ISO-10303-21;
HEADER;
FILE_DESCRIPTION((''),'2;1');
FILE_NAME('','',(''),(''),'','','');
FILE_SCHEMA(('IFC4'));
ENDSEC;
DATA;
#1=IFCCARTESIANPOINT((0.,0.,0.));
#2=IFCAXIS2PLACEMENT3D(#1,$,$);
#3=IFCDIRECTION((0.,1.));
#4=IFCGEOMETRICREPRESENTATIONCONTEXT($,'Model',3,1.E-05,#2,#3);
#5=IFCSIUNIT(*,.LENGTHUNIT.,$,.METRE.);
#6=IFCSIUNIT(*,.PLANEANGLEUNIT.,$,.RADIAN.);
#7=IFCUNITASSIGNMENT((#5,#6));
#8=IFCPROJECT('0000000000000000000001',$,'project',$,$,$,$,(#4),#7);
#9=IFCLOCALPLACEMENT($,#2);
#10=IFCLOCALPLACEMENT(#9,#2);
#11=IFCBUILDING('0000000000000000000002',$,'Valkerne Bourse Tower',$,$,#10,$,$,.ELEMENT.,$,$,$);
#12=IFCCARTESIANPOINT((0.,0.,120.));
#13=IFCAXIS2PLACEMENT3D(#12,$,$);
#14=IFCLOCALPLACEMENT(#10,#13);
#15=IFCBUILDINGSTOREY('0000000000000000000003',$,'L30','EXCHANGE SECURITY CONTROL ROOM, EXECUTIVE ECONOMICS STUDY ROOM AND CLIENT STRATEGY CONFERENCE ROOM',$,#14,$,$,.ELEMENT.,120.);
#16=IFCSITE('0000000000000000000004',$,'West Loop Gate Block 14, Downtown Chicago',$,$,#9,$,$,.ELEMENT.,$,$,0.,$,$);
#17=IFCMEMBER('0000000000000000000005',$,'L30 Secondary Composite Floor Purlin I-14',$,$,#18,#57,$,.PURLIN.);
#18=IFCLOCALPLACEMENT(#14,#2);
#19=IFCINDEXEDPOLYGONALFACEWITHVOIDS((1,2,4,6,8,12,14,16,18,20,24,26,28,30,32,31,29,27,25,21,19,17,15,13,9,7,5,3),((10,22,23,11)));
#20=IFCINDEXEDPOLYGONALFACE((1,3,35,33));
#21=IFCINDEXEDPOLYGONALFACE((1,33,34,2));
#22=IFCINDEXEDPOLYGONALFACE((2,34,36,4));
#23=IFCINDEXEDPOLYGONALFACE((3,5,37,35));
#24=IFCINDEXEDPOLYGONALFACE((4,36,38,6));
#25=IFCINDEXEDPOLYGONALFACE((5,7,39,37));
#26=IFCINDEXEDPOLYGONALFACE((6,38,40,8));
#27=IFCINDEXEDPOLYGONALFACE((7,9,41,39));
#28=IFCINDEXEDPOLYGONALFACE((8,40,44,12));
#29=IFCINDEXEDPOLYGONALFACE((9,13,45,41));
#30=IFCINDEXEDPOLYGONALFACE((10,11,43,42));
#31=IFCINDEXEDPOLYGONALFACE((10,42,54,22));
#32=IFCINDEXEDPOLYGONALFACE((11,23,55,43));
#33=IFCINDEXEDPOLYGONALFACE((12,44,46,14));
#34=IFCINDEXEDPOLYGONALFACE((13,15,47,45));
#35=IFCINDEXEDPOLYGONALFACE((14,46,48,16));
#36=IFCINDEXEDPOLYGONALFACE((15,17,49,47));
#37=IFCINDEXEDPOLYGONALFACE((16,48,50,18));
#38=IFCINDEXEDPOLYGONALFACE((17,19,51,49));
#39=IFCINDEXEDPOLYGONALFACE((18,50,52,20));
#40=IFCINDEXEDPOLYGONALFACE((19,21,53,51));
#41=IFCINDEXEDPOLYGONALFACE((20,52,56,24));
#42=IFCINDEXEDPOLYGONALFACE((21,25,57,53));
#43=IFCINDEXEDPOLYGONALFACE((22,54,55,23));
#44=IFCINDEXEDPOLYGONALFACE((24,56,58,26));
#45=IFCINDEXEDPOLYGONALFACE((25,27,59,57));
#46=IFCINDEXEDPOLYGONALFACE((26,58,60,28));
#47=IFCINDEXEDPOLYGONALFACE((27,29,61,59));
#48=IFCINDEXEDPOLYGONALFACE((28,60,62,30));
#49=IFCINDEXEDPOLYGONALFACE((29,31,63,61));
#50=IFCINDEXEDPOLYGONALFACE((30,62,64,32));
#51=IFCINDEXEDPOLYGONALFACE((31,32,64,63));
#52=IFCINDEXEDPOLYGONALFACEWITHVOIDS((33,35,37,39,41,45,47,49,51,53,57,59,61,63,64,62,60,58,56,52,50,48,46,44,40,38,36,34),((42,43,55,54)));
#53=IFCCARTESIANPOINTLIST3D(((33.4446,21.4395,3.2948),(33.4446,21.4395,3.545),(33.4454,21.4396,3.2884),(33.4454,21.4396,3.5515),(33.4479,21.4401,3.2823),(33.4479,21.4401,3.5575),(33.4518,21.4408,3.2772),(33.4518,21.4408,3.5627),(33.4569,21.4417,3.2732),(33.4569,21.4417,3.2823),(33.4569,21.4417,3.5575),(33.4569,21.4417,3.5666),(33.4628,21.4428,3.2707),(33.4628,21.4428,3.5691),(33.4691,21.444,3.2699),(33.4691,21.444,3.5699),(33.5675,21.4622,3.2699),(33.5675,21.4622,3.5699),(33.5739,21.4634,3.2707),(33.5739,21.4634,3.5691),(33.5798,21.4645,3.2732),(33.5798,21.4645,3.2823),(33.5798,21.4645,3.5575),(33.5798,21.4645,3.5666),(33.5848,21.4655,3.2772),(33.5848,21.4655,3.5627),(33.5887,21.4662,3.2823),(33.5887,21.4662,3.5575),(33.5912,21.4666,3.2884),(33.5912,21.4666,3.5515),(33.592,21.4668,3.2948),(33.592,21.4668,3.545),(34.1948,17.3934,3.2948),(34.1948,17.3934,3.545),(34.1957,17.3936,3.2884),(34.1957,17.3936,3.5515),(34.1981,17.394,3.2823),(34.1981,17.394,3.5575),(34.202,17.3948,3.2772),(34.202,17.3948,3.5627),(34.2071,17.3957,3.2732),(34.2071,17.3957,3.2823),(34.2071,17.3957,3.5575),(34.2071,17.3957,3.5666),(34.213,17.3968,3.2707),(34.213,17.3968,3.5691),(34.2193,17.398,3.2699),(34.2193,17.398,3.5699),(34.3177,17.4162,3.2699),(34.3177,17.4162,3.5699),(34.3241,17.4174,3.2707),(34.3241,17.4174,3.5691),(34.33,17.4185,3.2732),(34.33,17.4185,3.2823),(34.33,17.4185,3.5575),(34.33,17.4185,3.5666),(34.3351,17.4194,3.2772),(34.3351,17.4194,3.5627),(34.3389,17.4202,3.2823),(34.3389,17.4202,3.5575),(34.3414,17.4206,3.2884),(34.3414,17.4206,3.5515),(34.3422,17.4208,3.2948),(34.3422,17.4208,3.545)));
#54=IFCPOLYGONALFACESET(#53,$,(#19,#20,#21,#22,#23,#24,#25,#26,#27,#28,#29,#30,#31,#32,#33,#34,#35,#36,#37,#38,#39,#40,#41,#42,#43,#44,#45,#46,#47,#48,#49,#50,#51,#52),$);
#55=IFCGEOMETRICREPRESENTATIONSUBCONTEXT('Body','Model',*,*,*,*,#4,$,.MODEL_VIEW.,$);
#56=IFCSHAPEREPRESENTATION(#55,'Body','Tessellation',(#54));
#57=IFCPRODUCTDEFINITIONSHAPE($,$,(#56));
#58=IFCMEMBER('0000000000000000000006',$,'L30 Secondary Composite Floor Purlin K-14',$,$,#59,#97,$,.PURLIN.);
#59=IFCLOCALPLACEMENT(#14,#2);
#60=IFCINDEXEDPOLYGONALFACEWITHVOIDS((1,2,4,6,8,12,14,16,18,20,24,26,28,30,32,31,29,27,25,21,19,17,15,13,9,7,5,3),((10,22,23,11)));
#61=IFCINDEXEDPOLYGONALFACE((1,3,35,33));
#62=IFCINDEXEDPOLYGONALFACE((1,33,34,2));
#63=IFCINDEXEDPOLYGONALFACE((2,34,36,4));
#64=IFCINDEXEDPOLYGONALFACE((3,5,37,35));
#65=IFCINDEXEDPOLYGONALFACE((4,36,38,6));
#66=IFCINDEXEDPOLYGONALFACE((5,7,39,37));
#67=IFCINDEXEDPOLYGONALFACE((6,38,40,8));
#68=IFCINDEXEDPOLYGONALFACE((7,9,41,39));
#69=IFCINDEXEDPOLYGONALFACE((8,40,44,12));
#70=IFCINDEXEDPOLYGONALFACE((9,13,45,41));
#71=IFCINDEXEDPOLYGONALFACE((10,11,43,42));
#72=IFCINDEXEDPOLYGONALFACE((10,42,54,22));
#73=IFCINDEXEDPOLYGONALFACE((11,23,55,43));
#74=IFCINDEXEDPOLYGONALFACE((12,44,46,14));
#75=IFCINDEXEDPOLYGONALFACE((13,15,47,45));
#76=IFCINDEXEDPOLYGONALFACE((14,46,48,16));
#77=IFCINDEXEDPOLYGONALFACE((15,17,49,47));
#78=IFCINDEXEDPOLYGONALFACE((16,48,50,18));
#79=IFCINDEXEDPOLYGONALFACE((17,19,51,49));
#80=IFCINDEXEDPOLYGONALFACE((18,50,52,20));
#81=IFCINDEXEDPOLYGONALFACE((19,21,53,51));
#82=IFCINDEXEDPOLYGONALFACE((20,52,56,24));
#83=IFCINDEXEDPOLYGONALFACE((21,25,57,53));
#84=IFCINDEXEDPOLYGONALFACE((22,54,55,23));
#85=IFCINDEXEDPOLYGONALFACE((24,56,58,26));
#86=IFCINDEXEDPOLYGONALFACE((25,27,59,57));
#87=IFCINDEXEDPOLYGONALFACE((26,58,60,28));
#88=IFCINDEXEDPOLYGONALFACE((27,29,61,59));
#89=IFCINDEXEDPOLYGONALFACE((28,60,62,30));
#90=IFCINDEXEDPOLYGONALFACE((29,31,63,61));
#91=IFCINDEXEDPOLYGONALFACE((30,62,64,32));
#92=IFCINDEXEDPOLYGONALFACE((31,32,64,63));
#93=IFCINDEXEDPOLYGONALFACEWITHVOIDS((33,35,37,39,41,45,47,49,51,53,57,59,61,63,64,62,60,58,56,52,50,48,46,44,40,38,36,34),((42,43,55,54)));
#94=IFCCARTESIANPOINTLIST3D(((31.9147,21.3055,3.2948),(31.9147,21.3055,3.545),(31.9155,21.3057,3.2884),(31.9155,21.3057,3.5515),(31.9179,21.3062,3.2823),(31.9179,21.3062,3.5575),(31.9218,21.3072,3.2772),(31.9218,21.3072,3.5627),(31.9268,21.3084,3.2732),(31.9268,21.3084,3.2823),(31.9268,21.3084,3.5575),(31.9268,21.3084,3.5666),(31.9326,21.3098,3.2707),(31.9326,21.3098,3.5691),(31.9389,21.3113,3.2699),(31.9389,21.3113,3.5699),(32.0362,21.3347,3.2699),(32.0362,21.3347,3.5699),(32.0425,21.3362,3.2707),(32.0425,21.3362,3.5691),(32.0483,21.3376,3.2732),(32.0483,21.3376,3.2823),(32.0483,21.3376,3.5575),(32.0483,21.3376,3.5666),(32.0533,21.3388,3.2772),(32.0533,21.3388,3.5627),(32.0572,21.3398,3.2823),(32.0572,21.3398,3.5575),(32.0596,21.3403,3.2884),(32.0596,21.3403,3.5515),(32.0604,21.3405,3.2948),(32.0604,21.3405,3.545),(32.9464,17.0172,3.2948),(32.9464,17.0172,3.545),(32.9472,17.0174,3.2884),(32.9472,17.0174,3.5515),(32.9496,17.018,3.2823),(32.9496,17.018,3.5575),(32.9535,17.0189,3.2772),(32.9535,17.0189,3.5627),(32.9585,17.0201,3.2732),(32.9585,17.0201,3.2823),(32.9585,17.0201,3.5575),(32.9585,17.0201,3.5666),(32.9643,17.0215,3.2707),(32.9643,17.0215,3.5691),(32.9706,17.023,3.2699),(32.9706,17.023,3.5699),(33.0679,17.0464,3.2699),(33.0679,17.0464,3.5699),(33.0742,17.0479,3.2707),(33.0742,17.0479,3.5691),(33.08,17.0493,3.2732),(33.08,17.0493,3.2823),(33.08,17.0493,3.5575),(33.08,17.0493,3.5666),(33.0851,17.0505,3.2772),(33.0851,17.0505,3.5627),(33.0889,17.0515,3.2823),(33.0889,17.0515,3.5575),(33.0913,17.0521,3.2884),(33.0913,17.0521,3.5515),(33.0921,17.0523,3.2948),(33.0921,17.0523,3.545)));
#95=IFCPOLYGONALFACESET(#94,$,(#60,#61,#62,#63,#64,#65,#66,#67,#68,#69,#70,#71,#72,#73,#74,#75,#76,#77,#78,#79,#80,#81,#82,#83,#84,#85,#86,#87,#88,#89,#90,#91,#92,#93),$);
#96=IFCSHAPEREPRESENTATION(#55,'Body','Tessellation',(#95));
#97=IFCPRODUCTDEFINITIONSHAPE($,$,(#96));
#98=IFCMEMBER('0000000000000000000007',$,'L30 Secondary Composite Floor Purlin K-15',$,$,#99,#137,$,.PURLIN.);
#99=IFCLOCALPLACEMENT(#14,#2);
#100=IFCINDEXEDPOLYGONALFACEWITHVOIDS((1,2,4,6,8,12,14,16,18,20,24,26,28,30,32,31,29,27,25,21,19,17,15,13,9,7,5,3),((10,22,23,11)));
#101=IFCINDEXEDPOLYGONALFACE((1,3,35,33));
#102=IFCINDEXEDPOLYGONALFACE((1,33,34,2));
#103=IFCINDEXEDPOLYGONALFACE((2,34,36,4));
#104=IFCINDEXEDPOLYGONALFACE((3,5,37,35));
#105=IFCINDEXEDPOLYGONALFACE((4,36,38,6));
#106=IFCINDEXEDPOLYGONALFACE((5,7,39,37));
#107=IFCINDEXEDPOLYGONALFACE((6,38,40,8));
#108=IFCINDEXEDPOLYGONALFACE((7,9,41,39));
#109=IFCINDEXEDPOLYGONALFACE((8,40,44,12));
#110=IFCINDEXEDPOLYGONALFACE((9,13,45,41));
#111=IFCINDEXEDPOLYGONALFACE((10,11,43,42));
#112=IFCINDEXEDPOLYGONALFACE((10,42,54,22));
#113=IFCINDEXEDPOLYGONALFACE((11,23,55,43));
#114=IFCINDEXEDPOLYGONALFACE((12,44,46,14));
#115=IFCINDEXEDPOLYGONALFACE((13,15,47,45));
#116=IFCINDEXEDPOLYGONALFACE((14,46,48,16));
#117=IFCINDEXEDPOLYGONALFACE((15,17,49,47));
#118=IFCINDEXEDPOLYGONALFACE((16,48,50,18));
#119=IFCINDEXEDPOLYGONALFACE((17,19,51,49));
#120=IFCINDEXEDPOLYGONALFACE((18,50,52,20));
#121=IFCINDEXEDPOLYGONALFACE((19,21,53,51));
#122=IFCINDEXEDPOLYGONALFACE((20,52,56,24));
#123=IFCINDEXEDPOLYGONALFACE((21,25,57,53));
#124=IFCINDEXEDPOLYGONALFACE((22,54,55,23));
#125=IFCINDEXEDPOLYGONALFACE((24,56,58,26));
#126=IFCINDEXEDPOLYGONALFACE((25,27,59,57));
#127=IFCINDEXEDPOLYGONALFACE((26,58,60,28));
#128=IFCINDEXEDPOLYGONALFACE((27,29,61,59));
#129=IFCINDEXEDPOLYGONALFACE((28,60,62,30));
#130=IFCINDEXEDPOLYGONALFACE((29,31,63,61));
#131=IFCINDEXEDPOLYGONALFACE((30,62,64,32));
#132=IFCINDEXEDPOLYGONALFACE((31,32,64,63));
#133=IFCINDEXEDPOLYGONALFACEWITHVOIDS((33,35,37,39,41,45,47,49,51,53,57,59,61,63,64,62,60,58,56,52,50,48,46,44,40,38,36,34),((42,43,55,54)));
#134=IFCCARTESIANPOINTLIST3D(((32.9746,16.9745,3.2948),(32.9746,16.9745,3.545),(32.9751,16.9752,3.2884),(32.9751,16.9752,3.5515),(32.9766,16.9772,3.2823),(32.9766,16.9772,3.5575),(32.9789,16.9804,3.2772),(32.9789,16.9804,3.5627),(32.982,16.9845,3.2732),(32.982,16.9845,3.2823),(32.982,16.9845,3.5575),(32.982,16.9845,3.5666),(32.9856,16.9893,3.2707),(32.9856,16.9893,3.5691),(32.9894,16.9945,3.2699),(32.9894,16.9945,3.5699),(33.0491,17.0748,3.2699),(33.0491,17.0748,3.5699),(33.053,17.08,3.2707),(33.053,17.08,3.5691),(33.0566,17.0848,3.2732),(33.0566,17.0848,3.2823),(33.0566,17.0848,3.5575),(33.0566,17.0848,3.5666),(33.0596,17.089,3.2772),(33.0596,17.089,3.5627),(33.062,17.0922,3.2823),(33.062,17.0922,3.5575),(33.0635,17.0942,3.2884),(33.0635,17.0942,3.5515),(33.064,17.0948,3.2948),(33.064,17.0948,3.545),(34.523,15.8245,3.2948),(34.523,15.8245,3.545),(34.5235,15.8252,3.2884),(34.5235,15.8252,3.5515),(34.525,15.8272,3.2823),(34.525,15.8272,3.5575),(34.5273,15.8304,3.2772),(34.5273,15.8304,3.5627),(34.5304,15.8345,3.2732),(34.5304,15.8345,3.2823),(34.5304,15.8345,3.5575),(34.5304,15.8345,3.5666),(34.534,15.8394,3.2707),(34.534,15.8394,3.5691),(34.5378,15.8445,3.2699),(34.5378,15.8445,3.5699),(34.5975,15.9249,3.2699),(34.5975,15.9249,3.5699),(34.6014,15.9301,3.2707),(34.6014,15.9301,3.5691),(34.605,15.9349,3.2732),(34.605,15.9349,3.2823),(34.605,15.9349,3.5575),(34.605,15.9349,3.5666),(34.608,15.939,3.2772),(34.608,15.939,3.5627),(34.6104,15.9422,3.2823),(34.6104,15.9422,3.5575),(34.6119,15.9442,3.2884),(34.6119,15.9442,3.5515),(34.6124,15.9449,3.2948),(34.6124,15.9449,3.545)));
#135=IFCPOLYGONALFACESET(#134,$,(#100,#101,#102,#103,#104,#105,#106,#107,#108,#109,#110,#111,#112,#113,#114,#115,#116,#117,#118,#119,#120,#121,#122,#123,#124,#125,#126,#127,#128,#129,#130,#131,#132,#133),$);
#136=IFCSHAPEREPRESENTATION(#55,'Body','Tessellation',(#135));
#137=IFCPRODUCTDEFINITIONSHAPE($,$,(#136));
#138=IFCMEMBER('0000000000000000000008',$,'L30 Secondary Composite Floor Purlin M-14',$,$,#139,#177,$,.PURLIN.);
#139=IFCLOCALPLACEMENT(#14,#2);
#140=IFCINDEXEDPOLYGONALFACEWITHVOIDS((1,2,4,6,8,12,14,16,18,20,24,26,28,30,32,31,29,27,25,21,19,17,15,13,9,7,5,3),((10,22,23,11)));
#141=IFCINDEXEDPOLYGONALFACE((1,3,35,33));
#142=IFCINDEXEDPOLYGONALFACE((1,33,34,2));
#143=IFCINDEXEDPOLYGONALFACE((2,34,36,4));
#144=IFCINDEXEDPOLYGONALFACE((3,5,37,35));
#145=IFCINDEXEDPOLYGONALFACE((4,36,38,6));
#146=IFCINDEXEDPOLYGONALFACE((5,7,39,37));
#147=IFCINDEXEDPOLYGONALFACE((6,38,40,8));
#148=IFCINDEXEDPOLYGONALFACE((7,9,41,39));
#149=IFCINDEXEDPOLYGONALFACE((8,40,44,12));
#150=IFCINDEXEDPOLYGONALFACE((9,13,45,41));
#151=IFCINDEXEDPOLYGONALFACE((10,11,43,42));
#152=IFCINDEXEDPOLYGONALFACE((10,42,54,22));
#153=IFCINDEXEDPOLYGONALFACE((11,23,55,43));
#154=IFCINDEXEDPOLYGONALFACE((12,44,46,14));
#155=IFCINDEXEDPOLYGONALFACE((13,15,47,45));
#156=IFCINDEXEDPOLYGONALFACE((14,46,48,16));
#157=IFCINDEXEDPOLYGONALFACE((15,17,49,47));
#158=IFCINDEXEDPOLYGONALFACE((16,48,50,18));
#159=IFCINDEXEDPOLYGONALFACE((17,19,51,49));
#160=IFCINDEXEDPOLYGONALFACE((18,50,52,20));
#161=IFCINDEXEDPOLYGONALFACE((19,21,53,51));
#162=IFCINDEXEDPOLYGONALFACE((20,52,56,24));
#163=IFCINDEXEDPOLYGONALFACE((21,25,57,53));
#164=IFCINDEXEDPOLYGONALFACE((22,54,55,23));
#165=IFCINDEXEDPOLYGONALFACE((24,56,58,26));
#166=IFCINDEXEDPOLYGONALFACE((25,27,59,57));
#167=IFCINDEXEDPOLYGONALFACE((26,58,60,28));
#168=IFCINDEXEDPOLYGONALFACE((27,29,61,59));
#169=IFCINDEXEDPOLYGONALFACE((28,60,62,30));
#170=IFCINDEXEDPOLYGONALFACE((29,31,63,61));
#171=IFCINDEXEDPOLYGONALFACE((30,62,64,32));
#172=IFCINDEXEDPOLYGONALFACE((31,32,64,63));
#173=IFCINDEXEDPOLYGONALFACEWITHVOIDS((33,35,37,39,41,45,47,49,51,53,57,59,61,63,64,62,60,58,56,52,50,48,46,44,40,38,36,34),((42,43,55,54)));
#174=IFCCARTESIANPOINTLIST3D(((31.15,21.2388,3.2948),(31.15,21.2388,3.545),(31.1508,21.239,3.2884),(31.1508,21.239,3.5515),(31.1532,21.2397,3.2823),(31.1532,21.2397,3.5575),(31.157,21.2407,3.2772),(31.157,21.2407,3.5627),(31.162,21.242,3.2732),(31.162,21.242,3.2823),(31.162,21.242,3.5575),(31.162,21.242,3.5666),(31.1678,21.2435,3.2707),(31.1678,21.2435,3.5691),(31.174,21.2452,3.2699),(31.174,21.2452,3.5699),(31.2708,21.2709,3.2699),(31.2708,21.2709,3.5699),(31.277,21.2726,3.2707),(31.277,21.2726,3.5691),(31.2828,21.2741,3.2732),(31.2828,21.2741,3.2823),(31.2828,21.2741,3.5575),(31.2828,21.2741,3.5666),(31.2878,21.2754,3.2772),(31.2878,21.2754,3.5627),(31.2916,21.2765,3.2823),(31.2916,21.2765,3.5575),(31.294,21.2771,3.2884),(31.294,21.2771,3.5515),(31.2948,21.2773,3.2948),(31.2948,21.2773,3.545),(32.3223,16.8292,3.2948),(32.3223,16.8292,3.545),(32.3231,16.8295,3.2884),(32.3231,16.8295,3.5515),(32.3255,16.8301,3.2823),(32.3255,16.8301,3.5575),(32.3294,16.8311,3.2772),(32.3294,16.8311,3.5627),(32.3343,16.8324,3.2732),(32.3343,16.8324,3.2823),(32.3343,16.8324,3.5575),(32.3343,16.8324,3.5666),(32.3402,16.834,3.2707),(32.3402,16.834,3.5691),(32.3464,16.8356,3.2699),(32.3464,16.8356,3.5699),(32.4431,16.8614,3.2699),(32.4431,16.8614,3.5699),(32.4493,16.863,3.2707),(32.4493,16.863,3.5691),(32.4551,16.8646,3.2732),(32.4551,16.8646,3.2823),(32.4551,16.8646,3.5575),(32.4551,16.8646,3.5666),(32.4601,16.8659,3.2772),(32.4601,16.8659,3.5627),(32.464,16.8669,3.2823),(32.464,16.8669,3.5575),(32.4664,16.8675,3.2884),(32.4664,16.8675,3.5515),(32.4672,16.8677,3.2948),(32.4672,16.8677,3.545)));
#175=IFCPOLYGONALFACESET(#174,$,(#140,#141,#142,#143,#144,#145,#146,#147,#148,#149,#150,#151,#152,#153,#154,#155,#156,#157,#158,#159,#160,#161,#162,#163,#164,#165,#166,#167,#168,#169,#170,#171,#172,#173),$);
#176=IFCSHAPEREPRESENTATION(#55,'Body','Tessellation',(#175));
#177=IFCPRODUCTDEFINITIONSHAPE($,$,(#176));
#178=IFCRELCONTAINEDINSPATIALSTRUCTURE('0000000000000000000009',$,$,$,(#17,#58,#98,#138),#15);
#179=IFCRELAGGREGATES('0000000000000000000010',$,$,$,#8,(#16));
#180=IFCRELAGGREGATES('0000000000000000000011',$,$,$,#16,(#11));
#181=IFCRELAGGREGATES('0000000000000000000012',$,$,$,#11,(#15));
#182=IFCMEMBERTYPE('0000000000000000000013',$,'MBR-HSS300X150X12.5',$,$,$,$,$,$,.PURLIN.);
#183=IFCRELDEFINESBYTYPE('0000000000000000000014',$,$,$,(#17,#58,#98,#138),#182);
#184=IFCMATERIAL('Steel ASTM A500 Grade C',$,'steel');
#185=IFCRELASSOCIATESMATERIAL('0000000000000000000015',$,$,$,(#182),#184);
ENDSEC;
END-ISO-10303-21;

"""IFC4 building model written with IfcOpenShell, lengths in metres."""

from ifc_helpers import new_model, si_unit, direction, frame, origin, origin_2d, place, context, subcontext, project, spatial, hollow_rectangle, extrude, material, material_profile, profile_set, type_object, element, save


model = new_model("IFC4")

# Units and contexts
model_context = context("Model", 3, precision=1e-05, world=origin(), true_north=direction((0.0, 1.0)))
body_context = subcontext(model_context, "Body", "Model", "MODEL_VIEW")
ifc_project = project(units=[si_unit("LENGTHUNIT", "METRE"), si_unit("PLANEANGLEUNIT", "RADIAN")], contexts=[model_context])

# Site, building, storey
site_placement = place(None, origin())
site = spatial("IfcSite", under=ifc_project, at=site_placement, Name="West Loop Gate Block 14, Downtown Chicago", CompositionType="ELEMENT", RefElevation=0.0)
building_placement = place(site_placement, origin())
building = spatial("IfcBuilding", under=site, at=building_placement, Name="Valkerne Bourse Tower", CompositionType="ELEMENT")
storey_placement = place(building_placement, frame((0.0, 0.0, 120.0)))
storey = spatial("IfcBuildingStorey", under=building, at=storey_placement, Name="L30", Description="EXCHANGE SECURITY CONTROL ROOM, EXECUTIVE ECONOMICS STUDY ROOM AND CLIENT STRATEGY CONFERENCE ROOM", CompositionType="ELEMENT", Elevation=120.0)

# Members
ifc_material_1 = material(Name="Steel ASTM A500 Grade C", Category="steel")
ifc_material_profile_1 = material_profile(ifc_material_1, hollow_rectangle(XDim=0.1499, YDim=0.3, WallThickness=0.0125, OuterFilletRadius=0.0249, at=origin_2d()), Name="HSS300X150X12.5")
ifc_profile_set_1 = profile_set([ifc_material_profile_1], Name="Steel ASTM A500 Grade C")
member_type_1 = type_object("IfcMemberType", Name="MBR-HSS300X150X12.5", PredefinedType="PURLIN", material=ifc_profile_set_1)
member_1_placement = place(storey_placement, frame((33.5183, 21.4531, 3.4199), z_axis=(0.182314, -0.98324, 0.0), x_axis=(0.98324, 0.182314, 0.0)))
element("IfcMember", 1, at=member_1_placement, inside=storey, type_object=member_type_1, Name="L30 Secondary Composite Floor Purlin I-14", PredefinedType="PURLIN", context=body_context, shape_type="SweptSolid", body=[
    extrude(hollow_rectangle(XDim=0.1499, YDim=0.3, WallThickness=0.0125, OuterFilletRadius=0.0249, at=origin_2d()), origin(), (0.0, 0.0, 1.0), 4.115),
])
member_2_placement = place(storey_placement, frame((31.9875, 21.323, 3.4199), z_axis=(0.233917, -0.972257, 0.0), x_axis=(0.972257, 0.233917, 0.0)))
element("IfcMember", 2, at=member_2_placement, inside=storey, type_object=member_type_1, Name="L30 Secondary Composite Floor Purlin K-14", PredefinedType="PURLIN", context=body_context, shape_type="SweptSolid", body=[
    extrude(hollow_rectangle(XDim=0.1499, YDim=0.3, WallThickness=0.0125, OuterFilletRadius=0.0249, at=origin_2d()), origin(), (0.0, 0.0, 1.0), 4.4106),
])
member_3_placement = place(storey_placement, frame((33.0193, 17.0347, 3.4199), z_axis=(0.802817, -0.596226, 0.0), x_axis=(0.596226, 0.802817, 0.0)))
element("IfcMember", 3, at=member_3_placement, inside=storey, type_object=member_type_1, Name="L30 Secondary Composite Floor Purlin K-15", PredefinedType="PURLIN", context=body_context, shape_type="SweptSolid", body=[
    extrude(hollow_rectangle(XDim=0.1499, YDim=0.3, WallThickness=0.0125, OuterFilletRadius=0.0249, at=origin_2d()), origin(), (0.0, 0.0, 1.0), 1.9287),
])
member_4_placement = place(storey_placement, frame((31.2224, 21.2581, 3.4199), z_axis=(0.256937, -0.966428, 0.0), x_axis=(0.966428, 0.256937, 0.0)))
element("IfcMember", 4, at=member_4_placement, inside=storey, type_object=member_type_1, Name="L30 Secondary Composite Floor Purlin M-14", PredefinedType="PURLIN", context=body_context, shape_type="SweptSolid", body=[
    extrude(hollow_rectangle(XDim=0.1499, YDim=0.3, WallThickness=0.0125, OuterFilletRadius=0.0249, at=origin_2d()), origin(), (0.0, 0.0, 1.0), 4.5627),
])

save(model, "model.ifc")
